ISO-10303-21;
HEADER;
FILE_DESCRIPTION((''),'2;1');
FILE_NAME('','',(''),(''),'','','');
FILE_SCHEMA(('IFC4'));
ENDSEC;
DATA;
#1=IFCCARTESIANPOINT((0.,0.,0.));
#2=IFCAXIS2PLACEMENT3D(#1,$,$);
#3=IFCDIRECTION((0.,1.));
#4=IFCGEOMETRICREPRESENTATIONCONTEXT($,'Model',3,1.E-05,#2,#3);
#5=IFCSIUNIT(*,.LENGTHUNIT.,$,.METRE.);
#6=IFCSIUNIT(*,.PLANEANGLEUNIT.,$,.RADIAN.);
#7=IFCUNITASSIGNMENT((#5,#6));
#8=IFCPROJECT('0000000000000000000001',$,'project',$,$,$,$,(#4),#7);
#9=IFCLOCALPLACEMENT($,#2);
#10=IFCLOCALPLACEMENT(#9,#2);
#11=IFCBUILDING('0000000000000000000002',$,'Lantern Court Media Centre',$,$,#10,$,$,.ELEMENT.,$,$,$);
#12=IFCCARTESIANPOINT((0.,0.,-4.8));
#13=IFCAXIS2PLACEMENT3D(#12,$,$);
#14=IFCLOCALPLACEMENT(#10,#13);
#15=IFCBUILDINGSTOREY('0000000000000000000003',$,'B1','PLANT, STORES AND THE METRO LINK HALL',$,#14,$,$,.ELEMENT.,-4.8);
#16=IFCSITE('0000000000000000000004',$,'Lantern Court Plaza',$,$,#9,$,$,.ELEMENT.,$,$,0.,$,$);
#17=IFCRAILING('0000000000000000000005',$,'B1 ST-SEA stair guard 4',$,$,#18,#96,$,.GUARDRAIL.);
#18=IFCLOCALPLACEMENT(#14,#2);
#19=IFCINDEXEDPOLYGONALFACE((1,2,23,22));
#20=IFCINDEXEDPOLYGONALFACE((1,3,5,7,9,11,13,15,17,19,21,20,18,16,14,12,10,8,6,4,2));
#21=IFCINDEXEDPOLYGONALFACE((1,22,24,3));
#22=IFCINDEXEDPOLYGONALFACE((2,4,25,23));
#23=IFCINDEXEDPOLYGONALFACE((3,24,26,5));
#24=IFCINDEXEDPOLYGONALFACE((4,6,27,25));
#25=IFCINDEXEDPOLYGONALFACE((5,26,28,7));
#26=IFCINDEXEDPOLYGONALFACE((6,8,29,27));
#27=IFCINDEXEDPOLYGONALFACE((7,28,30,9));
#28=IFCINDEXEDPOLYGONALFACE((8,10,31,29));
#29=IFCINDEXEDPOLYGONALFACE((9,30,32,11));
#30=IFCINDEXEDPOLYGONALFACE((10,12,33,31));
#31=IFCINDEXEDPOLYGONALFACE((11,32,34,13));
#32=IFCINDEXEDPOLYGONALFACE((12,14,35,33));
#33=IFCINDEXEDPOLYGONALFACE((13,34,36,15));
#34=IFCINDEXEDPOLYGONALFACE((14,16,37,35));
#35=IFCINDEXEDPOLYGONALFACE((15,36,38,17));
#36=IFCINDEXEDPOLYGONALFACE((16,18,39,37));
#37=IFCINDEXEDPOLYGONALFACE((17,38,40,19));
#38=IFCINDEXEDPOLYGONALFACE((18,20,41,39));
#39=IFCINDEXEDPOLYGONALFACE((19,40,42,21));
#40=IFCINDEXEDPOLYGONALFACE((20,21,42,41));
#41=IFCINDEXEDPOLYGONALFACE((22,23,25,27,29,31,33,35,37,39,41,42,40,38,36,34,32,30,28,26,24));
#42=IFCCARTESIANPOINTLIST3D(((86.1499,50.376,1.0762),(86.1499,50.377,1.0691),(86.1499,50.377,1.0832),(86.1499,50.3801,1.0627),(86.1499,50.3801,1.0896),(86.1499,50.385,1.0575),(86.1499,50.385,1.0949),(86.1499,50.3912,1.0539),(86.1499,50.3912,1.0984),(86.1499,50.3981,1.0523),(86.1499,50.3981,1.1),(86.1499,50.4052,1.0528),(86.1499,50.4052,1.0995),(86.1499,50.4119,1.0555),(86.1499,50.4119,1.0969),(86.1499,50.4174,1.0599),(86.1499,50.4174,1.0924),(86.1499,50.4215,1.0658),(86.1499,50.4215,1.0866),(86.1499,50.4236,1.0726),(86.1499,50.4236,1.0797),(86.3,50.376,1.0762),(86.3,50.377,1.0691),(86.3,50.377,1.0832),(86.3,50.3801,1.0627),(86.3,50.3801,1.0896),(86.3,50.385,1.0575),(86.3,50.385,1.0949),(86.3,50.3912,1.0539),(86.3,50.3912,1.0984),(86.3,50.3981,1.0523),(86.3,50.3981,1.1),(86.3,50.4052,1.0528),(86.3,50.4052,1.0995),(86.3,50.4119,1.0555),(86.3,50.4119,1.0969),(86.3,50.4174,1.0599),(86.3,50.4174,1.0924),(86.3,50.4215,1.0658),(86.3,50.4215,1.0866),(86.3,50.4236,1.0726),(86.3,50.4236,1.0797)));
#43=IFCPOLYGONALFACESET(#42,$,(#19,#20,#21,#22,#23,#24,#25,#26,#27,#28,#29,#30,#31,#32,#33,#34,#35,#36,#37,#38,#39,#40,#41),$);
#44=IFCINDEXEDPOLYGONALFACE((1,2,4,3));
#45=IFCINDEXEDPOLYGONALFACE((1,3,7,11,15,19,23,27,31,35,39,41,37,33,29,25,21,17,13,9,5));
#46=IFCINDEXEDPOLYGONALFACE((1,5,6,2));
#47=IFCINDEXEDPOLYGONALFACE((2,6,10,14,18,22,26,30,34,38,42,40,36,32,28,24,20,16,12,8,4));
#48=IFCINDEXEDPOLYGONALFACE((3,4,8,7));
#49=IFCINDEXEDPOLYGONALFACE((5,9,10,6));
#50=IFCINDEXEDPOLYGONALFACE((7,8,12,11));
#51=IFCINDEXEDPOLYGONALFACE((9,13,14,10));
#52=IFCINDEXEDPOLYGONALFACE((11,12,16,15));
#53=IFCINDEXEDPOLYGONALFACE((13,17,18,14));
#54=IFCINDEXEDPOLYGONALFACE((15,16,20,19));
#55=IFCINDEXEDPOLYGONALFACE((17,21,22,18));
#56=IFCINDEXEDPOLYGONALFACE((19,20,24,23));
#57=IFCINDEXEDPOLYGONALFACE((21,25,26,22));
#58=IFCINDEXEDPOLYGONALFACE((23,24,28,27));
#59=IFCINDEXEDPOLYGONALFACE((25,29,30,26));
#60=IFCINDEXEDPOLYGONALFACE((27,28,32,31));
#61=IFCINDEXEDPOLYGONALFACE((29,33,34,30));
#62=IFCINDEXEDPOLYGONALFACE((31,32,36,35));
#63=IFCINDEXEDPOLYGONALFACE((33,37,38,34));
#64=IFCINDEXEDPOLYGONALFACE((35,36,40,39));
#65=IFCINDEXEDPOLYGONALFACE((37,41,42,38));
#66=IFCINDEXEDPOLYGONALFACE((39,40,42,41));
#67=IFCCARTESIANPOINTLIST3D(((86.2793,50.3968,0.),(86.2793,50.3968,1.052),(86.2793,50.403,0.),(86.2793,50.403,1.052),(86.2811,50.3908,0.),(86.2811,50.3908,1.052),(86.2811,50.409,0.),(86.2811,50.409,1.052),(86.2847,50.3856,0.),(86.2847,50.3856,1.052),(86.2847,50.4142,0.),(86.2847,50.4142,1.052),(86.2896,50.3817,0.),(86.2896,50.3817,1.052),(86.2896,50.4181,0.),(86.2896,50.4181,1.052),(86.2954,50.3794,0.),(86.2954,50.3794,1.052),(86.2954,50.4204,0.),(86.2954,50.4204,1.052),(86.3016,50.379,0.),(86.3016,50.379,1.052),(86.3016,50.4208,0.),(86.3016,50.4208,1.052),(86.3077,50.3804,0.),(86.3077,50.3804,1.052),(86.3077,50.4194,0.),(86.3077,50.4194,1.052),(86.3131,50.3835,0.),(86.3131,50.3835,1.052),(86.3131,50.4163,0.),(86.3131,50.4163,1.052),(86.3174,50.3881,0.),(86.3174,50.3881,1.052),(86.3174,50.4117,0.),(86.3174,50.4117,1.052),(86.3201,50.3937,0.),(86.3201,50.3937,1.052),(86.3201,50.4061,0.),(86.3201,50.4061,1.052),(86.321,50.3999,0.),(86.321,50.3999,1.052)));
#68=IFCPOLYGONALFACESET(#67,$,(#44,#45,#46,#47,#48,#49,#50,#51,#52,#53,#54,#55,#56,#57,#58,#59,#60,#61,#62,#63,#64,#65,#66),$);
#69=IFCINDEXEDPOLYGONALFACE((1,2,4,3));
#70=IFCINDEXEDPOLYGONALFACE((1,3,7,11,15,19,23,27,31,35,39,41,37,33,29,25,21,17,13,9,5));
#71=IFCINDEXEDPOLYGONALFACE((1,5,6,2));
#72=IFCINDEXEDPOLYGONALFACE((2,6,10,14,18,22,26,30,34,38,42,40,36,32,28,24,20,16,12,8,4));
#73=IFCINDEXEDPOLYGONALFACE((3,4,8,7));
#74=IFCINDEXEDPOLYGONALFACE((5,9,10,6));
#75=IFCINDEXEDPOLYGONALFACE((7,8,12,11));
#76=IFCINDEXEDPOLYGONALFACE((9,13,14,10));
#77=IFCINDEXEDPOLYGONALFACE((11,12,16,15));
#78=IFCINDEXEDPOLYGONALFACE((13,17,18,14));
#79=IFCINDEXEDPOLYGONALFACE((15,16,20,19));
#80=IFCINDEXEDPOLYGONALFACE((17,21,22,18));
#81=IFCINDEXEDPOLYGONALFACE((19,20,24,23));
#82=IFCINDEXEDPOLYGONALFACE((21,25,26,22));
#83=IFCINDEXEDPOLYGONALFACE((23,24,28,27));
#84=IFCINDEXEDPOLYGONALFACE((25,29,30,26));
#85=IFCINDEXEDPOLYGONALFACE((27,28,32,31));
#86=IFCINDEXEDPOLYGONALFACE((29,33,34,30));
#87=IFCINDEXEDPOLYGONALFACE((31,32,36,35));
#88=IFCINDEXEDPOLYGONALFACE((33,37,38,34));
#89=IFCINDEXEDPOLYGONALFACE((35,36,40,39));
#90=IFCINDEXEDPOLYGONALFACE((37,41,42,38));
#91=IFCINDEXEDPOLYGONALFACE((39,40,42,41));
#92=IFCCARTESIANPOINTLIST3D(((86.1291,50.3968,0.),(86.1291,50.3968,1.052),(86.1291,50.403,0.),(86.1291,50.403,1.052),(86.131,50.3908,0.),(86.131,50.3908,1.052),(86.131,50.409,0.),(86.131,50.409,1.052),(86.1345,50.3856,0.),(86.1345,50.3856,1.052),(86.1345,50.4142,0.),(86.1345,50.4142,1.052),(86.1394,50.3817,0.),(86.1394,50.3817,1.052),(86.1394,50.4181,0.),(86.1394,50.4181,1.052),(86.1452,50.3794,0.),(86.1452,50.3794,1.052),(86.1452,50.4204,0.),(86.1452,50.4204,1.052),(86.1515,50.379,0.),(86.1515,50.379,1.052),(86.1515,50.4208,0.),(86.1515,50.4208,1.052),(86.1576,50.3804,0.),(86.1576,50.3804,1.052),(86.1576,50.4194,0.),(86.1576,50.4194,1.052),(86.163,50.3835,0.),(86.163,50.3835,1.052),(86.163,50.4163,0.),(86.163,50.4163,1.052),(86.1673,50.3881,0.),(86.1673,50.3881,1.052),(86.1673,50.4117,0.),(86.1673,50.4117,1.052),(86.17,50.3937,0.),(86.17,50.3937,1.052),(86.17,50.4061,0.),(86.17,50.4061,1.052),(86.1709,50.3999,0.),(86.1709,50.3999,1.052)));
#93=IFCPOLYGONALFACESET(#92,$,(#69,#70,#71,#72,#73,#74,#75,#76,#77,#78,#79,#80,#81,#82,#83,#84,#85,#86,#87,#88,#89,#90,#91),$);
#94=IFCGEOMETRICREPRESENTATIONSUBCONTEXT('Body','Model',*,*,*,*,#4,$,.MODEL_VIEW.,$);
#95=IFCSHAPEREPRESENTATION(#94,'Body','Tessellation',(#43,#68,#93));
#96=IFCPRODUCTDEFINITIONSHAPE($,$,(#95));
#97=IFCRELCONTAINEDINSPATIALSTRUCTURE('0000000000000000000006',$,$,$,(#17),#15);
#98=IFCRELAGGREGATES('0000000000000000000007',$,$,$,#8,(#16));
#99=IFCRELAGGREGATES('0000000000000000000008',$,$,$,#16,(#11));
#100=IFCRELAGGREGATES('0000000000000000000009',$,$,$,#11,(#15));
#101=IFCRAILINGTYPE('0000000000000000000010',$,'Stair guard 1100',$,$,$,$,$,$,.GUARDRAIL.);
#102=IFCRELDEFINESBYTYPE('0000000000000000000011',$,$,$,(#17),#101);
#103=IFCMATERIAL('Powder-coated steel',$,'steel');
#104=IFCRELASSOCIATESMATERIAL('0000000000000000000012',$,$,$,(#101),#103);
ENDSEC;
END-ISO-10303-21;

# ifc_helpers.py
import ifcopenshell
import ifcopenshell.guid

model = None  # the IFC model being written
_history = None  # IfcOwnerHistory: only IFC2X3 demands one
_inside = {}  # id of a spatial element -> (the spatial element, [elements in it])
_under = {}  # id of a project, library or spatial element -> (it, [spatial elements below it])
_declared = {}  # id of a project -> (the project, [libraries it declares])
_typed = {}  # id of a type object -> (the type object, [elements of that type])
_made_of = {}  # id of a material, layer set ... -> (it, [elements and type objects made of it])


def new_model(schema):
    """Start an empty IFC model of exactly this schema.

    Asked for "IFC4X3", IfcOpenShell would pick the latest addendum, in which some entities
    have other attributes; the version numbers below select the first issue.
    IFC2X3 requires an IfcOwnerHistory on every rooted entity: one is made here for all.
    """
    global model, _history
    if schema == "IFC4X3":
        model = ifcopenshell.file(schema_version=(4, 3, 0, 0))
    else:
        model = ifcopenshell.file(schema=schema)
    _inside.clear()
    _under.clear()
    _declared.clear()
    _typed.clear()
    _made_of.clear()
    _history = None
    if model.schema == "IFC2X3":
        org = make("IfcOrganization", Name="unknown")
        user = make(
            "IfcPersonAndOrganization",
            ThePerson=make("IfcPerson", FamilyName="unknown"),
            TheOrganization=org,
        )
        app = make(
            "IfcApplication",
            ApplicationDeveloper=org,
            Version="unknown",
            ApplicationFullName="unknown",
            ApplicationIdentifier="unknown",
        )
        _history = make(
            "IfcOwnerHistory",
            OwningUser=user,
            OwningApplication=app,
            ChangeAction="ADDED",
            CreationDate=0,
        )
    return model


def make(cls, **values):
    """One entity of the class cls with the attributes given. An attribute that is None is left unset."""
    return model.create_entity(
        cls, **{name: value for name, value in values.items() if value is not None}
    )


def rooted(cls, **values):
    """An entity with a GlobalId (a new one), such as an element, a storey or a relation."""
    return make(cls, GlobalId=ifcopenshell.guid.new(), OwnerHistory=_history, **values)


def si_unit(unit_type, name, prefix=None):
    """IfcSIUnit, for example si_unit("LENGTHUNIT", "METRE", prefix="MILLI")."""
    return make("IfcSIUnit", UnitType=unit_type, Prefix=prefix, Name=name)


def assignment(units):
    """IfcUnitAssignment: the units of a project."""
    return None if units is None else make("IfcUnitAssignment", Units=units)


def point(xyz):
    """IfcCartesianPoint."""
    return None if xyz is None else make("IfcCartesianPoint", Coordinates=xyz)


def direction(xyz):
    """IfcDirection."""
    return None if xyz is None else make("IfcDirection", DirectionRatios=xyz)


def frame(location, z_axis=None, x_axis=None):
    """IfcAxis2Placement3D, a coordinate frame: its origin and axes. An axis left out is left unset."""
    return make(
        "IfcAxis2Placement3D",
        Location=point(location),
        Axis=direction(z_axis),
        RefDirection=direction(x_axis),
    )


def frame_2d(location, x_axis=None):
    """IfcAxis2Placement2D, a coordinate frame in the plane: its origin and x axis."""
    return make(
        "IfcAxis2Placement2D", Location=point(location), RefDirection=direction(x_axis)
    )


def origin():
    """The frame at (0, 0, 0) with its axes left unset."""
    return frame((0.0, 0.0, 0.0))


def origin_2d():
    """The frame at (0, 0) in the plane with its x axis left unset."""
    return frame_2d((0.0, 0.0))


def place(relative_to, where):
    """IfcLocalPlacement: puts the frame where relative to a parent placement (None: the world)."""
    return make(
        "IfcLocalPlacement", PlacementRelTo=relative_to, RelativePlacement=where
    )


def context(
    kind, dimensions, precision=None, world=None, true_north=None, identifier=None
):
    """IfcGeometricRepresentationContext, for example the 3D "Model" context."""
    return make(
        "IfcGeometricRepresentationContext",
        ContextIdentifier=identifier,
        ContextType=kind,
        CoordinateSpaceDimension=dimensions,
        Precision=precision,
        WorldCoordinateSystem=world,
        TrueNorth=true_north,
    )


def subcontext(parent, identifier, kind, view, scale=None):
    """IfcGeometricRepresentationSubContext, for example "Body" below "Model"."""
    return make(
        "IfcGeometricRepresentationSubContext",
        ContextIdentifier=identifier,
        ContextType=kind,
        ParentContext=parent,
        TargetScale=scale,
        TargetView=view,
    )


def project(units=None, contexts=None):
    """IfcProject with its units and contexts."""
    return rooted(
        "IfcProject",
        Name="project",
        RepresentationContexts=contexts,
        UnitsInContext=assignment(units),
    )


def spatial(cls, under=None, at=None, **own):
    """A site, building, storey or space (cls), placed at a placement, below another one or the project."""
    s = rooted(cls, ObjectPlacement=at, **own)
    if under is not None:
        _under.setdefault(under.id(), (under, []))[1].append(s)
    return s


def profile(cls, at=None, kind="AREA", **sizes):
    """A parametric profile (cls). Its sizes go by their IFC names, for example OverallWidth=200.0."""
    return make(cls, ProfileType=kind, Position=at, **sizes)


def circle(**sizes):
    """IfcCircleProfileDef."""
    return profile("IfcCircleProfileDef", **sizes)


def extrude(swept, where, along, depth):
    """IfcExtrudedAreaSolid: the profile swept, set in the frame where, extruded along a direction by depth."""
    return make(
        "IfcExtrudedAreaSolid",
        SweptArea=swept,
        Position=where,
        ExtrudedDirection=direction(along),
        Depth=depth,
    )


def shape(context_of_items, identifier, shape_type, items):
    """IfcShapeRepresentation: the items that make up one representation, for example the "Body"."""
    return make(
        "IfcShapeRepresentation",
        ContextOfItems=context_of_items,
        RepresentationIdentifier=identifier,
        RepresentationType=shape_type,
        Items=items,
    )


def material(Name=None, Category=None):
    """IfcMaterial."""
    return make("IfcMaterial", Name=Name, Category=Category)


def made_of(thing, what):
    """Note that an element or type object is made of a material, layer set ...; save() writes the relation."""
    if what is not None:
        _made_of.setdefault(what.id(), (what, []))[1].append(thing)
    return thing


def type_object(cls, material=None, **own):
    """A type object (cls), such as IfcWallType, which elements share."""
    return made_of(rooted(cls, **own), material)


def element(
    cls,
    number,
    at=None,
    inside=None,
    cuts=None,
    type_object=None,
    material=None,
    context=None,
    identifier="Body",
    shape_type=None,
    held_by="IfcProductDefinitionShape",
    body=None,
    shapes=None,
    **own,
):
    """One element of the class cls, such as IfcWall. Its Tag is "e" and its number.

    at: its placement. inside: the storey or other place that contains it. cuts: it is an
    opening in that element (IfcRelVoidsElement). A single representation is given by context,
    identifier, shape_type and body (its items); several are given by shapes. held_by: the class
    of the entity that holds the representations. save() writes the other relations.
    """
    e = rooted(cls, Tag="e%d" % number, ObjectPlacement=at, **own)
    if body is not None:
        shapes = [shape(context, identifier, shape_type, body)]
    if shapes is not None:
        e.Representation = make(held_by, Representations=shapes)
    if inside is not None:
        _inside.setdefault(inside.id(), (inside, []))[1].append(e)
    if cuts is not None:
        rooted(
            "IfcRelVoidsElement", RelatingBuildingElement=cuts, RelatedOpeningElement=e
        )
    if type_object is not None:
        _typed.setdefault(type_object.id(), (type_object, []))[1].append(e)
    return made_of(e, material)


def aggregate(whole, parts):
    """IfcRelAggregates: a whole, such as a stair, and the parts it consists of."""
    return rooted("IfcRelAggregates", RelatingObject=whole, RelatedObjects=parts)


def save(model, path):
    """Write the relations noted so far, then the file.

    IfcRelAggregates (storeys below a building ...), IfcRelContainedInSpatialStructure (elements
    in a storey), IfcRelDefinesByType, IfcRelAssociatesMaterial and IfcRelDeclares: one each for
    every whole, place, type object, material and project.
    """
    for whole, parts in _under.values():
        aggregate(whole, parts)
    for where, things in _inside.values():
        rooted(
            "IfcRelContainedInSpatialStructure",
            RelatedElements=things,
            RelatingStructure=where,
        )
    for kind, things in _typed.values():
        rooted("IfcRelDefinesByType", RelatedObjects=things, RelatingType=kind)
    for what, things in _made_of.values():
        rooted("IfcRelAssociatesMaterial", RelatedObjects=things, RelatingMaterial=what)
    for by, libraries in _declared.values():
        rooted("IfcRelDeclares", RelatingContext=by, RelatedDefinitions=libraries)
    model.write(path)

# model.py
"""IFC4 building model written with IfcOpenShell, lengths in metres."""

from ifc_helpers import new_model, si_unit, direction, frame, origin, origin_2d, place, context, subcontext, project, spatial, circle, extrude, material, type_object, element, save


model = new_model("IFC4")

# Units and contexts
model_context = context("Model", 3, precision=1e-05, world=origin(), true_north=direction((0.0, 1.0)))
body_context = subcontext(model_context, "Body", "Model", "MODEL_VIEW")
ifc_project = project(units=[si_unit("LENGTHUNIT", "METRE"), si_unit("PLANEANGLEUNIT", "RADIAN")], contexts=[model_context])

# Site, building, storey
site_placement = place(None, origin())
site = spatial("IfcSite", under=ifc_project, at=site_placement, Name="Lantern Court Plaza", CompositionType="ELEMENT", RefElevation=0.0)
building_placement = place(site_placement, origin())
building = spatial("IfcBuilding", under=site, at=building_placement, Name="Lantern Court Media Centre", CompositionType="ELEMENT")
storey_placement = place(building_placement, frame((0.0, 0.0, -4.8)))
storey = spatial("IfcBuildingStorey", under=building, at=storey_placement, Name="B1", Description="PLANT, STORES AND THE METRO LINK HALL", CompositionType="ELEMENT", Elevation=-4.8)

# Railing
ifc_material_1 = material(Name="Powder-coated steel", Category="steel")
railing_type_1 = type_object("IfcRailingType", Name="Stair guard 1100", PredefinedType="GUARDRAIL", material=ifc_material_1)
railing_1_placement = place(storey_placement, frame((86.3, 50.3999, 0.0)))
element("IfcRailing", 1, at=railing_1_placement, inside=storey, type_object=railing_type_1, Name="B1 ST-SEA stair guard 4", PredefinedType="GUARDRAIL", context=body_context, shape_type="SweptSolid", body=[
    extrude(circle(Radius=0.0239, at=origin_2d()), frame((0.0, 0.0, 1.0762), z_axis=(-1.0, 0.0, 0.0), x_axis=(0.0, -1.0, 0.0)), (0.0, 0.0, 1.0), 0.1501),
    extrude(circle(Radius=0.021, at=origin_2d()), origin(), (0.0, 0.0, 1.0), 1.052),
    extrude(circle(Radius=0.021, at=origin_2d()), frame((-0.1501, 0.0, 0.0)), (0.0, 0.0, 1.0), 1.052),
])

save(model, "model.ifc")
